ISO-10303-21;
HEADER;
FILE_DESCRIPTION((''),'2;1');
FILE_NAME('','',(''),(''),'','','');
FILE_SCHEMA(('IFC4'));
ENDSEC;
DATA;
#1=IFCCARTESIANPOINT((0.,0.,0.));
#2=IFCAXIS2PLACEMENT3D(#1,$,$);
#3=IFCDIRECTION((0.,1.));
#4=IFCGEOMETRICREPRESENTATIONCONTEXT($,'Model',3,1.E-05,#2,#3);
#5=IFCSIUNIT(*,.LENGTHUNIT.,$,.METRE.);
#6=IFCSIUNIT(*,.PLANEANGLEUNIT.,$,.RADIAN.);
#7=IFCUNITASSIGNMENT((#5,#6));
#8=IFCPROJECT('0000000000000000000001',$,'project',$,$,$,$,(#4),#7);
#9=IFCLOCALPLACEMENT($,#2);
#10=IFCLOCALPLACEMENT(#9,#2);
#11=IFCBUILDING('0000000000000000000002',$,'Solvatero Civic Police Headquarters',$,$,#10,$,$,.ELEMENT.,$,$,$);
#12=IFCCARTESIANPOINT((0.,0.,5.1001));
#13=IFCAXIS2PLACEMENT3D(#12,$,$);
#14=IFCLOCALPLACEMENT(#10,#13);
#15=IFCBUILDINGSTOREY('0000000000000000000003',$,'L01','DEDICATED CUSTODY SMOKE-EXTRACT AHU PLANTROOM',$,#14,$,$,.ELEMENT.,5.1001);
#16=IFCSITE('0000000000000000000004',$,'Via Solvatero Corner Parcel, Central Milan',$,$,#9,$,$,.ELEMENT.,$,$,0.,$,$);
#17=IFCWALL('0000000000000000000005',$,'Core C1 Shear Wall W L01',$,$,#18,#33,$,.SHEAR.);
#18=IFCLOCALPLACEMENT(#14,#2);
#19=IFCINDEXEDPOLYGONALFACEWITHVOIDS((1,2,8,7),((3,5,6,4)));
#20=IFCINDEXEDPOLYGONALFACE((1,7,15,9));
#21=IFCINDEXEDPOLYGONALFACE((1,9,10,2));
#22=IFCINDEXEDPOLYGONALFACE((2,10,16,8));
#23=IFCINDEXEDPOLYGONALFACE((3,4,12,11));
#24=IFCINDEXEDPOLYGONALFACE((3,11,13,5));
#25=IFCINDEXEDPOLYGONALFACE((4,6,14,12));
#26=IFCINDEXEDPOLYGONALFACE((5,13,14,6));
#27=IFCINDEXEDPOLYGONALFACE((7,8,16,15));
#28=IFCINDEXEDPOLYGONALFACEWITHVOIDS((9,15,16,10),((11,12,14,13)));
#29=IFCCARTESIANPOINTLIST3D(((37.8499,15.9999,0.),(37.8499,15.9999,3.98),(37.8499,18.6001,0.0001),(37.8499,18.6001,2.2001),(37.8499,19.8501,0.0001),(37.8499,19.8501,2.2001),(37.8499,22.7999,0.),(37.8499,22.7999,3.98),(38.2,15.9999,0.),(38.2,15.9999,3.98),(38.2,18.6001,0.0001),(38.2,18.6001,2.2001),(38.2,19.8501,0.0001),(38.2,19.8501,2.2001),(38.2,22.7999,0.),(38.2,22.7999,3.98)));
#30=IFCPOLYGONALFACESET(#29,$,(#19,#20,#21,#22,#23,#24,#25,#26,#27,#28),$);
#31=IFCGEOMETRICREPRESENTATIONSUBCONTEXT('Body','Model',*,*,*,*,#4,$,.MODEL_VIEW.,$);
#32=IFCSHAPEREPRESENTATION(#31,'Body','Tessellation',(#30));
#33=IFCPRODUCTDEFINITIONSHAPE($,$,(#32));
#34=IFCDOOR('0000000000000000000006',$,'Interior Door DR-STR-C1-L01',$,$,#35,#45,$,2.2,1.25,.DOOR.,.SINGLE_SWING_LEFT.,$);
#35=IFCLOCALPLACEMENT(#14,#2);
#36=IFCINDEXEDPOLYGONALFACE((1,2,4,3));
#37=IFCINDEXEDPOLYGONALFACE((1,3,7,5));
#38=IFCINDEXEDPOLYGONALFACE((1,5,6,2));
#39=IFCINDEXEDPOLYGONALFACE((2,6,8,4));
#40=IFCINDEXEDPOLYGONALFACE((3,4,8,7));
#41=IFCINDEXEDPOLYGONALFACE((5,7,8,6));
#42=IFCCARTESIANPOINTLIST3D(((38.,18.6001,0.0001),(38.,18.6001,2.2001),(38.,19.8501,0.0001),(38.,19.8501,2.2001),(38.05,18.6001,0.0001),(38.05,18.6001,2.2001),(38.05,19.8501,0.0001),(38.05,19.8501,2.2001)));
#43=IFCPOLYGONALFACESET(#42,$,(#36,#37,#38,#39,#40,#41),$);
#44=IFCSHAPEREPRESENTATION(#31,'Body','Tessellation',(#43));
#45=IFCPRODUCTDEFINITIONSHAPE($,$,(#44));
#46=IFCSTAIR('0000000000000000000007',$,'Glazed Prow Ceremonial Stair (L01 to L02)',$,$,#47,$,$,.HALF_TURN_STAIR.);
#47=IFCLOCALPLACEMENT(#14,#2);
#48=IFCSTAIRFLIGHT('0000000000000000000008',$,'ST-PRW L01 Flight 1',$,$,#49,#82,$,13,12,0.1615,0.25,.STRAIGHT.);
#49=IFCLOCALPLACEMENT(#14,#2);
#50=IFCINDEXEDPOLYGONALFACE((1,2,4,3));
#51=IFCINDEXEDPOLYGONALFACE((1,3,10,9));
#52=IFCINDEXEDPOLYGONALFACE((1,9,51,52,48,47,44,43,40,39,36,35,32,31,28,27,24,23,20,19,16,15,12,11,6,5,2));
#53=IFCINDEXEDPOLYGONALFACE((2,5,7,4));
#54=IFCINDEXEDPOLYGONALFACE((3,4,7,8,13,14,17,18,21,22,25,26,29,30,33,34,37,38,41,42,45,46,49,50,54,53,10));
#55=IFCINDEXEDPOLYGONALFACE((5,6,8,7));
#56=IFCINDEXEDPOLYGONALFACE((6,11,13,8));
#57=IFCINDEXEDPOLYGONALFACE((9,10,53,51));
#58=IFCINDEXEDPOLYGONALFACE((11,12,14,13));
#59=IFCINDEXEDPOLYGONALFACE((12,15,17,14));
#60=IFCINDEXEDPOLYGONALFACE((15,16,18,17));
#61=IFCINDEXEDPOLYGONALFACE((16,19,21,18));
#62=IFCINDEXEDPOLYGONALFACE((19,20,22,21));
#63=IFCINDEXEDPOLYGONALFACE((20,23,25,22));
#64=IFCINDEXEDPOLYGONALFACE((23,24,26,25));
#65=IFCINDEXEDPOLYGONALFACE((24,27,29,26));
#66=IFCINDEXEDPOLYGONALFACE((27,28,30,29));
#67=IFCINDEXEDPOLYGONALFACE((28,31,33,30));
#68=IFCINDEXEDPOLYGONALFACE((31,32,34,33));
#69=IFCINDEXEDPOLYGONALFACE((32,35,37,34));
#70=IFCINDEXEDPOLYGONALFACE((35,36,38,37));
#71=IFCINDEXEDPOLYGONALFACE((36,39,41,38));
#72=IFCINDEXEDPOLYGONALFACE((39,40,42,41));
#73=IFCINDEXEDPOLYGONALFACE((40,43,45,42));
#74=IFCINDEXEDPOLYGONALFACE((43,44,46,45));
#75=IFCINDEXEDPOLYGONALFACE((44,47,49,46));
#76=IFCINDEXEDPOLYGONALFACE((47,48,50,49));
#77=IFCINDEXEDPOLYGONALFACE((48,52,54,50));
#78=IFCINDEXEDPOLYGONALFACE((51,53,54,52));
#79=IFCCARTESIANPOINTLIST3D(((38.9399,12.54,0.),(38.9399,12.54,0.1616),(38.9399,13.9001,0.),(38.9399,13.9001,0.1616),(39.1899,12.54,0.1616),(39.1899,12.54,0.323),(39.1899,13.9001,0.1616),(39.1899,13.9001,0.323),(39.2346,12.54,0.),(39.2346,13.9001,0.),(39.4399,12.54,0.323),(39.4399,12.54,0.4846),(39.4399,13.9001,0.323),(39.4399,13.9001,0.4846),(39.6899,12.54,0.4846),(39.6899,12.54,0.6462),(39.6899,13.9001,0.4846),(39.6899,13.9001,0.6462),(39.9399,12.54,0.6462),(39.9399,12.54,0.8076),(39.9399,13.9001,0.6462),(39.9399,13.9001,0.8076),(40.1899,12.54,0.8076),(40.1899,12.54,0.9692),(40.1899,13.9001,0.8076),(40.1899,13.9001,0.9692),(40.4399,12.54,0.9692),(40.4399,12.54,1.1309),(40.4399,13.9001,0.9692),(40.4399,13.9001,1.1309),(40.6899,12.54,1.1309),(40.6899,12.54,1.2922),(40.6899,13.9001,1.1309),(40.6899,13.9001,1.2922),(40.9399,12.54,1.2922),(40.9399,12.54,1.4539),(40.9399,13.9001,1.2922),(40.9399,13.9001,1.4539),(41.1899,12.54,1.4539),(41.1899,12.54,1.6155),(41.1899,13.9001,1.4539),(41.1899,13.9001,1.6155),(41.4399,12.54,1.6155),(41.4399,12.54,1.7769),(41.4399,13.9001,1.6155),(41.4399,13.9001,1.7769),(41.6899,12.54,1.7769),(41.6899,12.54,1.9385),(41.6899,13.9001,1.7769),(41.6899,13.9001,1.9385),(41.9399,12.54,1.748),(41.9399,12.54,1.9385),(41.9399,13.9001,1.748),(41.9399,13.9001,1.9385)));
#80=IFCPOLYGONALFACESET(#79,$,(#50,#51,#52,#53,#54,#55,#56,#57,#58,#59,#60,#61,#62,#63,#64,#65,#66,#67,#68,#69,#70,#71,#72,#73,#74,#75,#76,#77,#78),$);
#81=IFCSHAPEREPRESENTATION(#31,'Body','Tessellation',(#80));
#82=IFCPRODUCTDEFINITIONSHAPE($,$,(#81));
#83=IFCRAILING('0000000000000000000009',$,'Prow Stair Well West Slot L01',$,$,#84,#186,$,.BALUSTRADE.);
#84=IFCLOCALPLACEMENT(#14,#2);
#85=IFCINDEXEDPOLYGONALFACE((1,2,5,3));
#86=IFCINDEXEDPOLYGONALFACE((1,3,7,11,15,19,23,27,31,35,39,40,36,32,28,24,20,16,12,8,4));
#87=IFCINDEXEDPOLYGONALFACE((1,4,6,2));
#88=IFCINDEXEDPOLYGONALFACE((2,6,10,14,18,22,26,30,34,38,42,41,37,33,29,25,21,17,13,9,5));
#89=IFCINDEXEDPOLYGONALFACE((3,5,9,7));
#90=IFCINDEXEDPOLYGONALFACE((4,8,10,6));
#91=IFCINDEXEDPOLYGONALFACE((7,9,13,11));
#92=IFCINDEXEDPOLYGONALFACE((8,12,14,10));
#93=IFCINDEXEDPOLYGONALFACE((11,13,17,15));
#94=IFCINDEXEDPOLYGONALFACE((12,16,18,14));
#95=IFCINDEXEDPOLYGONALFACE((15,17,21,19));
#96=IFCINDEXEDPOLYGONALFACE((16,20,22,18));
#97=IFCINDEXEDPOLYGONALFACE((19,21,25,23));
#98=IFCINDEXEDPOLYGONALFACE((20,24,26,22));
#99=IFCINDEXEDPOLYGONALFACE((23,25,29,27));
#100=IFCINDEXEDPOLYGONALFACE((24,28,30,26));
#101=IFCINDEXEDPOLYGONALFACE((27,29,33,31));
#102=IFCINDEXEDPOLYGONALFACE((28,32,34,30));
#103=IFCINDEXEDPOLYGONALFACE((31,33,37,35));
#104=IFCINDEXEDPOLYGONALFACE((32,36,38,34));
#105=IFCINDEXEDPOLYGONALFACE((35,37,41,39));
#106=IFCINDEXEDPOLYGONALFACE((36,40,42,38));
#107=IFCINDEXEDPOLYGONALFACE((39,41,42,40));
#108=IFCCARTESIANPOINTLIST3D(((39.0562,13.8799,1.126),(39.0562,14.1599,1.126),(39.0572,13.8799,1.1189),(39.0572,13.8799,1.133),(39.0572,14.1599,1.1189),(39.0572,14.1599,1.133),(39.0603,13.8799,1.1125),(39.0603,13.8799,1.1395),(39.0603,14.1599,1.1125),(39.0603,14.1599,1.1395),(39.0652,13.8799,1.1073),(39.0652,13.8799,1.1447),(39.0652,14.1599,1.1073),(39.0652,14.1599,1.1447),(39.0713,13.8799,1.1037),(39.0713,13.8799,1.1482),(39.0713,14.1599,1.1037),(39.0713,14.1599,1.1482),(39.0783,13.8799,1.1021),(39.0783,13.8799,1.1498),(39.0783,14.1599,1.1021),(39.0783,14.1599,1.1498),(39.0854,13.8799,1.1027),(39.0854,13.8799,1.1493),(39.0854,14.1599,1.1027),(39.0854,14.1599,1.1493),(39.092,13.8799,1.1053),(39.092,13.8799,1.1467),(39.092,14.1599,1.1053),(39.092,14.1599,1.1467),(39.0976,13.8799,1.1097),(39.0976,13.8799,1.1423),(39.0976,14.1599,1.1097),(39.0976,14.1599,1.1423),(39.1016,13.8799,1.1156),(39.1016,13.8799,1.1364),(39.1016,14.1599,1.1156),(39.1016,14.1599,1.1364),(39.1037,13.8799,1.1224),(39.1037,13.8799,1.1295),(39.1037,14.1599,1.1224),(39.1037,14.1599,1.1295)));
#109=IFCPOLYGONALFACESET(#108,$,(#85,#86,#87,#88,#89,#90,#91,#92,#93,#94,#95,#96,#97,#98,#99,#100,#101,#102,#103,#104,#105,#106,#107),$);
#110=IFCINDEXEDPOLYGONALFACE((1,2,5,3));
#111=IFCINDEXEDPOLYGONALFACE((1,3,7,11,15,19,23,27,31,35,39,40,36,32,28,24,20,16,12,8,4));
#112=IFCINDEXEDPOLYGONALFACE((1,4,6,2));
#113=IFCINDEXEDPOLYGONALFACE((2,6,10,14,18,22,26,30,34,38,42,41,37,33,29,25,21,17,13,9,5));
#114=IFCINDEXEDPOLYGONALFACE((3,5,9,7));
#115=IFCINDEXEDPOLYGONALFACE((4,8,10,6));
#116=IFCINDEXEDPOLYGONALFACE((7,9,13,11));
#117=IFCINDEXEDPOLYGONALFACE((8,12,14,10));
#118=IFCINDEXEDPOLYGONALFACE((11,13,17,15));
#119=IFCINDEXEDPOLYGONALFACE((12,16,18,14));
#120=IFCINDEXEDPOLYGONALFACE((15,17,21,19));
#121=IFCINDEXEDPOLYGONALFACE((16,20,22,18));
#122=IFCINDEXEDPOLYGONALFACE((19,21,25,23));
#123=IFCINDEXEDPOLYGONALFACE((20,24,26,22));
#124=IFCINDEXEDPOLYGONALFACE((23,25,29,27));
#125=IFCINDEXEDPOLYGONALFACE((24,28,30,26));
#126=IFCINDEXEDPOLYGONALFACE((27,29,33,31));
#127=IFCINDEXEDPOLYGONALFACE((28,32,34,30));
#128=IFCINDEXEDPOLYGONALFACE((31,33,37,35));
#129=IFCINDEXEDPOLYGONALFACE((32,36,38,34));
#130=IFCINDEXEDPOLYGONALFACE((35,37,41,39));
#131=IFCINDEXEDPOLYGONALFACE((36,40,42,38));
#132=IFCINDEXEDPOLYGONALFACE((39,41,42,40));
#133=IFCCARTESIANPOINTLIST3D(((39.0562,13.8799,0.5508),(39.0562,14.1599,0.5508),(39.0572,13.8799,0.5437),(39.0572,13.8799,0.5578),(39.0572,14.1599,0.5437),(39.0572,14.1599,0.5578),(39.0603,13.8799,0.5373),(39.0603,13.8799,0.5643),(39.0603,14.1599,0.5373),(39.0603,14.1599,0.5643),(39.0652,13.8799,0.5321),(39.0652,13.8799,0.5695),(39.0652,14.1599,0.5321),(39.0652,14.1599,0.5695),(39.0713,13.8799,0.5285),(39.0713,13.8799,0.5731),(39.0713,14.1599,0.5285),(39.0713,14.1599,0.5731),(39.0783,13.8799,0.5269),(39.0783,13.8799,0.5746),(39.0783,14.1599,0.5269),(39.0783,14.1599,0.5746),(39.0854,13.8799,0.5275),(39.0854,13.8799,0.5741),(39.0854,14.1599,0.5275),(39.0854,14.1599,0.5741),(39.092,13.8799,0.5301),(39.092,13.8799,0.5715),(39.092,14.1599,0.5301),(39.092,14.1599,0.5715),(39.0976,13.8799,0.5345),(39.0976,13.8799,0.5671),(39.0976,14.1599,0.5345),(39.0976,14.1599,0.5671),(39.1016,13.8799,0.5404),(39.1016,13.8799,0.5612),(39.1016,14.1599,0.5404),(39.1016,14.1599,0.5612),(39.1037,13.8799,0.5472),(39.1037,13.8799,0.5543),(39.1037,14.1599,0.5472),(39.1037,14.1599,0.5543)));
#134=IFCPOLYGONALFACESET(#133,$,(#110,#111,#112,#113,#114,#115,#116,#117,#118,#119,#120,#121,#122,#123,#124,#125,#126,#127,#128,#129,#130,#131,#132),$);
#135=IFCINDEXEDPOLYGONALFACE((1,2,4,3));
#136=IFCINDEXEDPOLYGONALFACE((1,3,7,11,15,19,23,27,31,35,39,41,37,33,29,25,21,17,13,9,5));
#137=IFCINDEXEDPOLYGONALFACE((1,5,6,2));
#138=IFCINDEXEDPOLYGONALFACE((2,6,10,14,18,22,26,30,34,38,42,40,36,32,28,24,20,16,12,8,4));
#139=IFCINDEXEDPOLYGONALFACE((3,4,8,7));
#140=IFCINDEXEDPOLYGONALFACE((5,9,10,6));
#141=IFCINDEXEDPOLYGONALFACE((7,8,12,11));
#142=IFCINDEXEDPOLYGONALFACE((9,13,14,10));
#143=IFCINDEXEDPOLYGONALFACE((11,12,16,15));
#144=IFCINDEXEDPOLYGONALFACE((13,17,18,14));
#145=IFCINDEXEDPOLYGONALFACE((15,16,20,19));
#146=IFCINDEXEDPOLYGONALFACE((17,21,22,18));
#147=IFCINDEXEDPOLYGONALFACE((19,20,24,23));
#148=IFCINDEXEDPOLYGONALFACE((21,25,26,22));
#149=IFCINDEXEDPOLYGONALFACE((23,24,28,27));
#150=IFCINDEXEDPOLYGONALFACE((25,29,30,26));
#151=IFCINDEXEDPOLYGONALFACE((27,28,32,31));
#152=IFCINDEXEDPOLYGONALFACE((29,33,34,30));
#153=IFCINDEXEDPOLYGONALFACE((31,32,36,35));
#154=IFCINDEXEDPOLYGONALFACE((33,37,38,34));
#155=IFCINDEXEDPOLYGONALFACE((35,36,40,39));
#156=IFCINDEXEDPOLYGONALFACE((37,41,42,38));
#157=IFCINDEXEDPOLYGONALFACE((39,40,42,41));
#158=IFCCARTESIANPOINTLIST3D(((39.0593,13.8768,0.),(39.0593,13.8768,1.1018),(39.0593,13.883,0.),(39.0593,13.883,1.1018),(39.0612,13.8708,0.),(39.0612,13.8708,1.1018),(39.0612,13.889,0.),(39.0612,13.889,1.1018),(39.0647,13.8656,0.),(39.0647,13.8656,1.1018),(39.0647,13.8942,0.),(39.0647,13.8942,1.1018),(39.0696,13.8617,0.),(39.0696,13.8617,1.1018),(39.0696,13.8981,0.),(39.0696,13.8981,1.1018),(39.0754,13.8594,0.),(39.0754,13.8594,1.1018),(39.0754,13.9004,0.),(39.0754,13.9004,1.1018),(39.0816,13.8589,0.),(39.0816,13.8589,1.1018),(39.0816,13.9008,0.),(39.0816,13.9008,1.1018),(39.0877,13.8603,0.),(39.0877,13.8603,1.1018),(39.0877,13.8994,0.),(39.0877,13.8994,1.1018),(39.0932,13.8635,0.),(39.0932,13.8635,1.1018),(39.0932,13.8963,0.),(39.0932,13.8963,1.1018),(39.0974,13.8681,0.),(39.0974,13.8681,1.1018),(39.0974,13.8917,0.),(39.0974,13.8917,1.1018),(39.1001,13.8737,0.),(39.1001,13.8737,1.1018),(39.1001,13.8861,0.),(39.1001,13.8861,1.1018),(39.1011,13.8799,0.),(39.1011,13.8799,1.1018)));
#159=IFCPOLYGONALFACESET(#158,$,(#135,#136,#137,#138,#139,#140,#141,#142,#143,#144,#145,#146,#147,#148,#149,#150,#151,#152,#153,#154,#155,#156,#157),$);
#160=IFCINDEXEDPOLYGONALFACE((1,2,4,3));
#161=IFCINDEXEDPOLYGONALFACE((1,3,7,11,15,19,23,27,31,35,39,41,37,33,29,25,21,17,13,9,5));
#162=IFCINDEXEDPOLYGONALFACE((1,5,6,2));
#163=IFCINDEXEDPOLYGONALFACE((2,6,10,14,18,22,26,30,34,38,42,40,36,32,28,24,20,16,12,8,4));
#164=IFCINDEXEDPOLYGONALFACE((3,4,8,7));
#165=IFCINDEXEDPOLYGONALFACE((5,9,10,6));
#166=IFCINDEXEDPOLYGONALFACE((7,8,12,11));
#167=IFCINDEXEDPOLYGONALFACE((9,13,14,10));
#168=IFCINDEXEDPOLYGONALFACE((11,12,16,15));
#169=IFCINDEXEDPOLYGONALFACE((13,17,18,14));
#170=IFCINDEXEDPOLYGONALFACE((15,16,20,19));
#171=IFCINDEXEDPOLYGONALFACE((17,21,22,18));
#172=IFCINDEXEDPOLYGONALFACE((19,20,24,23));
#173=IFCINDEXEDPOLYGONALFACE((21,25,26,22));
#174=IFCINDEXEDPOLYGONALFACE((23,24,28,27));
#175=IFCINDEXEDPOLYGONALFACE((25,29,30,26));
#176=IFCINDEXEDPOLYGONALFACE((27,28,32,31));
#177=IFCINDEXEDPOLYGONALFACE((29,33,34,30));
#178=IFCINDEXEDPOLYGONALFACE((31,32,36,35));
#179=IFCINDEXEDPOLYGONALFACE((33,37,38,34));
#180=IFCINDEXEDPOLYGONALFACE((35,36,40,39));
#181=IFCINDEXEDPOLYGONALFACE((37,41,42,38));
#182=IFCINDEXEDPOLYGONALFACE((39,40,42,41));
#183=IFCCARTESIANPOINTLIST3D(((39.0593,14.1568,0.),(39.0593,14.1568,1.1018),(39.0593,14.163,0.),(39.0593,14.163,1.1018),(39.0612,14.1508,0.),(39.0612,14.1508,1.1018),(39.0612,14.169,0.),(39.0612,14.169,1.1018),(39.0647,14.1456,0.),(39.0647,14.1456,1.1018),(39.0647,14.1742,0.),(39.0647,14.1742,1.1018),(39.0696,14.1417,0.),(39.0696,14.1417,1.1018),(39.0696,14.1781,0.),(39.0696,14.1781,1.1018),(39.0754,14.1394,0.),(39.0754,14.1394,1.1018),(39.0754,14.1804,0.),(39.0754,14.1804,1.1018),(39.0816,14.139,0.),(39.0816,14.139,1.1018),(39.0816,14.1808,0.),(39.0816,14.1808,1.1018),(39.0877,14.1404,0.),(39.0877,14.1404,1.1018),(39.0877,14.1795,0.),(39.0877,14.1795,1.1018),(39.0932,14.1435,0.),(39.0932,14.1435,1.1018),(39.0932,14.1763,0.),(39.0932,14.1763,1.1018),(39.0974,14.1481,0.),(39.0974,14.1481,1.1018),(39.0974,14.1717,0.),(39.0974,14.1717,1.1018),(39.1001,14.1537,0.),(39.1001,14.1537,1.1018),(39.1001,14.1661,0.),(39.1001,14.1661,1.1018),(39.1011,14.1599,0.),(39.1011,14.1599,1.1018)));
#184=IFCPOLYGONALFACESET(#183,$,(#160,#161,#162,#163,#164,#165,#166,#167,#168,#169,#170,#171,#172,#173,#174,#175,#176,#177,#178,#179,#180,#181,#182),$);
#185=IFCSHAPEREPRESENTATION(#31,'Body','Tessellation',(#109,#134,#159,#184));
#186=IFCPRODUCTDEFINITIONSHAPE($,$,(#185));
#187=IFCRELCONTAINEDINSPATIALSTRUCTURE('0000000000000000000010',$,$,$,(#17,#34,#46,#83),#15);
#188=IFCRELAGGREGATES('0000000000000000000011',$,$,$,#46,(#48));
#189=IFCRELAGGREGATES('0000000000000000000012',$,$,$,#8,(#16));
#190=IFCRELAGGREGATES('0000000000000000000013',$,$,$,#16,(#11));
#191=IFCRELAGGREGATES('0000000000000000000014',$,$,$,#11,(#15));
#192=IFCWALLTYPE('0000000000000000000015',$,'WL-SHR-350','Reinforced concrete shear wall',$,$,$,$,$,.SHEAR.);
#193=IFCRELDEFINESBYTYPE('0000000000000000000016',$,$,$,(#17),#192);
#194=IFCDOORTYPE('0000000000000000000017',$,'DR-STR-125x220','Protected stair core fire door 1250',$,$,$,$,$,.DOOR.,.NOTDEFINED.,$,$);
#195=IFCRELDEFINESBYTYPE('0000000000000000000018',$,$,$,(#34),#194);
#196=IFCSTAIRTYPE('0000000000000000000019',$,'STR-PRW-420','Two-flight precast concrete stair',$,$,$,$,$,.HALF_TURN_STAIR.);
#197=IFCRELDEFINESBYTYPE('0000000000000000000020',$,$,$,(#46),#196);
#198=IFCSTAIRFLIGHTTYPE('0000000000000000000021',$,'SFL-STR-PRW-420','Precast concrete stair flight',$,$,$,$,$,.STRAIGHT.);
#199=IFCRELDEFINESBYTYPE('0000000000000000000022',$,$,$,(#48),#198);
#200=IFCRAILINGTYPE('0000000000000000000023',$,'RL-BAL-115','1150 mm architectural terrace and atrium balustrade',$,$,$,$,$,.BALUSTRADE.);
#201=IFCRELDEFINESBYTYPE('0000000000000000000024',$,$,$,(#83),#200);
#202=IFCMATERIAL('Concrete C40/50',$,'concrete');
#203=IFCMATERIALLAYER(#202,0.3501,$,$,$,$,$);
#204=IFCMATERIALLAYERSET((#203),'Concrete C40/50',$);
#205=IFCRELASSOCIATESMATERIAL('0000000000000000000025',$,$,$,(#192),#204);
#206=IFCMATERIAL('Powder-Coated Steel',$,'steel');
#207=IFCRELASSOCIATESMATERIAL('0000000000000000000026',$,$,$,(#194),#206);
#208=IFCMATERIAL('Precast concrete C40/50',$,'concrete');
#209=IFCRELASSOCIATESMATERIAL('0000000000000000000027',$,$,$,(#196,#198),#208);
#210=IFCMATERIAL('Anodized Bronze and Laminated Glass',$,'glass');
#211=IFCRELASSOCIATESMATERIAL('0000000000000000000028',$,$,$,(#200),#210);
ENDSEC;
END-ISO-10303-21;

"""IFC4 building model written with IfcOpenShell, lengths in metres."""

from ifc_helpers import new_model, si_unit, direction, frame, frame_2d, origin, origin_2d, place, context, subcontext, project, spatial, polyline, rectangle, circle, outline, extrude, material, layer, layer_set, type_object, element, fill, aggregate, save


model = new_model("IFC4")

# Units and contexts
model_context = context("Model", 3, precision=1e-05, world=origin(), true_north=direction((0.0, 1.0)))
body_context = subcontext(model_context, "Body", "Model", "MODEL_VIEW")
ifc_project = project(units=[si_unit("LENGTHUNIT", "METRE"), si_unit("PLANEANGLEUNIT", "RADIAN")], contexts=[model_context])

# Site, building, storey
site_placement = place(None, origin())
site = spatial("IfcSite", under=ifc_project, at=site_placement, Name="Via Solvatero Corner Parcel, Central Milan", CompositionType="ELEMENT", RefElevation=0.0)
building_placement = place(site_placement, origin())
building = spatial("IfcBuilding", under=site, at=building_placement, Name="Solvatero Civic Police Headquarters", CompositionType="ELEMENT")
storey_placement = place(building_placement, frame((0.0, 0.0, 5.1001)))
storey = spatial("IfcBuildingStorey", under=building, at=storey_placement, Name="L01", Description="DEDICATED CUSTODY SMOKE-EXTRACT AHU PLANTROOM", CompositionType="ELEMENT", Elevation=5.1001)

# Shared definitions
ifc_material_1 = material(Name="Concrete C40/50", Category="concrete")
ifc_layer_1 = layer(ifc_material_1, 0.3501)
ifc_layer_set_1 = layer_set([ifc_layer_1], Name="Concrete C40/50")
wall_type = type_object("IfcWallType", Name="WL-SHR-350", Description="Reinforced concrete shear wall", PredefinedType="SHEAR", material=ifc_layer_set_1)

# Wall, opening, door
wall_1_placement = place(storey_placement, frame((38.0249, 16.0, 0.0), z_axis=(0.0, 0.0, 1.0), x_axis=(0.0, 1.0, 0.0)))
wall_1 = element("IfcWall", 1, at=wall_1_placement, inside=storey, type_object=wall_type, Name="Core C1 Shear Wall W L01", PredefinedType="SHEAR", context=body_context, shape_type="SweptSolid", body=[
    extrude(rectangle(XDim=6.8, YDim=0.3501, at=frame_2d((3.3999, 0.0))), origin(), (0.0, 0.0, 1.0), 3.98),
])
opening_placement = place(wall_1_placement, frame((2.6001, 0.0, 0.0)))
opening = element("IfcOpeningElement", 2, at=opening_placement, cuts=wall_1, PredefinedType="OPENING", context=body_context, shape_type="SweptSolid", body=[
    extrude(rectangle(XDim=1.25, YDim=2.2, at=frame_2d((0.625, 1.1001))), frame((0.0, 0.1851, 0.0), z_axis=(0.0, -1.0, 0.0), x_axis=(1.0, 0.0, 0.0)), (0.0, 0.0, 1.0), 0.3701),
])
ifc_material_2 = material(Name="Powder-Coated Steel", Category="steel")
door_type = type_object("IfcDoorType", Name="DR-STR-125x220", Description="Protected stair core fire door 1250", OperationType="NOTDEFINED", PredefinedType="DOOR", material=ifc_material_2)
door_placement = place(opening_placement, origin())
door = element("IfcDoor", 3, at=door_placement, inside=storey, type_object=door_type, Name="Interior Door DR-STR-C1-L01", OperationType="SINGLE_SWING_LEFT", OverallHeight=2.2, OverallWidth=1.25, PredefinedType="DOOR", context=body_context, shape_type="SweptSolid", body=[
    extrude(rectangle(XDim=1.25, YDim=2.2, at=frame_2d((0.625, 1.1001))), frame((0.0, 0.0249, 0.0), z_axis=(0.0, -1.0, 0.0), x_axis=(1.0, 0.0, 0.0)), (0.0, 0.0, 1.0), 0.05),
])
fill(opening, door)

# Stair, stair flight
ifc_material_3 = material(Name="Precast concrete C40/50", Category="concrete")
stair_type = type_object("IfcStairType", Name="STR-PRW-420", Description="Two-flight precast concrete stair", PredefinedType="HALF_TURN_STAIR", material=ifc_material_3)
stair_placement = place(storey_placement, origin())
stair = element("IfcStair", 4, at=stair_placement, inside=storey, type_object=stair_type, Name="Glazed Prow Ceremonial Stair (L01 to L02)", PredefinedType="HALF_TURN_STAIR")
stair_flight_type = type_object("IfcStairFlightType", Name="SFL-STR-PRW-420", Description="Precast concrete stair flight", PredefinedType="STRAIGHT", material=ifc_material_3)
stair_flight_placement = place(storey_placement, frame((38.9399, 13.22, 0.0), z_axis=(0.0, 0.0, 1.0), x_axis=(1.0, 0.0, 0.0)))
stair_flight = element("IfcStairFlight", 5, at=stair_flight_placement, type_object=stair_flight_type, Name="ST-PRW L01 Flight 1", NumberOfRisers=13, NumberOfTreads=12, PredefinedType="STRAIGHT", RiserHeight=0.1615, TreadLength=0.25, context=body_context, shape_type="SweptSolid", body=[
    extrude(outline(polyline([(0.0, 0.0), (0.0, 0.1616), (0.25, 0.1616), (0.25, 0.323), (0.5, 0.323), (0.5, 0.4846), (0.75, 0.4846), (0.75, 0.6462), (1.0, 0.6462), (1.0, 0.8076), (1.25, 0.8076), (1.25, 0.9692), (1.5, 0.9692), (1.5, 1.1309), (1.75, 1.1309), (1.75, 1.2922), (2.0, 1.2922), (2.0, 1.4539), (2.25, 1.4539), (2.25, 1.6155), (2.5, 1.6155), (2.5, 1.7769), (2.75, 1.7769), (2.75, 1.9385), (3.0, 1.9385), (3.0, 2.1001), (3.0, 1.748), (0.2947, 0.0), (0.0, 0.0)])), frame((0.0, 0.6802, 0.0), z_axis=(0.0, -1.0, 0.0), x_axis=(1.0, 0.0, 0.0)), (0.0, 0.0, 1.0), 1.3601),
])
aggregate(stair, [stair_flight])

# Railing
ifc_material_4 = material(Name="Anodized Bronze and Laminated Glass", Category="glass")
railing_type_1 = type_object("IfcRailingType", Name="RL-BAL-115", Description="1150 mm architectural terrace and atrium balustrade", PredefinedType="BALUSTRADE", material=ifc_material_4)
railing_1_placement = place(storey_placement, frame((39.0801, 13.8799, 0.0)))
element("IfcRailing", 6, at=railing_1_placement, inside=storey, type_object=railing_type_1, Name="Prow Stair Well West Slot L01", PredefinedType="BALUSTRADE", context=body_context, shape_type="SweptSolid", body=[
    extrude(circle(Radius=0.0239, at=origin_2d()), frame((0.0, 0.0, 1.126), z_axis=(0.0, 1.0, 0.0), x_axis=(-1.0, 0.0, 0.0)), (0.0, 0.0, 1.0), 0.28),
    extrude(circle(Radius=0.0239, at=origin_2d()), frame((0.0, 0.0, 0.5508), z_axis=(0.0, 1.0, 0.0), x_axis=(-1.0, 0.0, 0.0)), (0.0, 0.0, 1.0), 0.28),
    extrude(circle(Radius=0.021, at=origin_2d()), origin(), (0.0, 0.0, 1.0), 1.1018),
    extrude(circle(Radius=0.021, at=origin_2d()), frame((0.0, 0.28, 0.0)), (0.0, 0.0, 1.0), 1.1018),
])

save(model, "model.ifc")
